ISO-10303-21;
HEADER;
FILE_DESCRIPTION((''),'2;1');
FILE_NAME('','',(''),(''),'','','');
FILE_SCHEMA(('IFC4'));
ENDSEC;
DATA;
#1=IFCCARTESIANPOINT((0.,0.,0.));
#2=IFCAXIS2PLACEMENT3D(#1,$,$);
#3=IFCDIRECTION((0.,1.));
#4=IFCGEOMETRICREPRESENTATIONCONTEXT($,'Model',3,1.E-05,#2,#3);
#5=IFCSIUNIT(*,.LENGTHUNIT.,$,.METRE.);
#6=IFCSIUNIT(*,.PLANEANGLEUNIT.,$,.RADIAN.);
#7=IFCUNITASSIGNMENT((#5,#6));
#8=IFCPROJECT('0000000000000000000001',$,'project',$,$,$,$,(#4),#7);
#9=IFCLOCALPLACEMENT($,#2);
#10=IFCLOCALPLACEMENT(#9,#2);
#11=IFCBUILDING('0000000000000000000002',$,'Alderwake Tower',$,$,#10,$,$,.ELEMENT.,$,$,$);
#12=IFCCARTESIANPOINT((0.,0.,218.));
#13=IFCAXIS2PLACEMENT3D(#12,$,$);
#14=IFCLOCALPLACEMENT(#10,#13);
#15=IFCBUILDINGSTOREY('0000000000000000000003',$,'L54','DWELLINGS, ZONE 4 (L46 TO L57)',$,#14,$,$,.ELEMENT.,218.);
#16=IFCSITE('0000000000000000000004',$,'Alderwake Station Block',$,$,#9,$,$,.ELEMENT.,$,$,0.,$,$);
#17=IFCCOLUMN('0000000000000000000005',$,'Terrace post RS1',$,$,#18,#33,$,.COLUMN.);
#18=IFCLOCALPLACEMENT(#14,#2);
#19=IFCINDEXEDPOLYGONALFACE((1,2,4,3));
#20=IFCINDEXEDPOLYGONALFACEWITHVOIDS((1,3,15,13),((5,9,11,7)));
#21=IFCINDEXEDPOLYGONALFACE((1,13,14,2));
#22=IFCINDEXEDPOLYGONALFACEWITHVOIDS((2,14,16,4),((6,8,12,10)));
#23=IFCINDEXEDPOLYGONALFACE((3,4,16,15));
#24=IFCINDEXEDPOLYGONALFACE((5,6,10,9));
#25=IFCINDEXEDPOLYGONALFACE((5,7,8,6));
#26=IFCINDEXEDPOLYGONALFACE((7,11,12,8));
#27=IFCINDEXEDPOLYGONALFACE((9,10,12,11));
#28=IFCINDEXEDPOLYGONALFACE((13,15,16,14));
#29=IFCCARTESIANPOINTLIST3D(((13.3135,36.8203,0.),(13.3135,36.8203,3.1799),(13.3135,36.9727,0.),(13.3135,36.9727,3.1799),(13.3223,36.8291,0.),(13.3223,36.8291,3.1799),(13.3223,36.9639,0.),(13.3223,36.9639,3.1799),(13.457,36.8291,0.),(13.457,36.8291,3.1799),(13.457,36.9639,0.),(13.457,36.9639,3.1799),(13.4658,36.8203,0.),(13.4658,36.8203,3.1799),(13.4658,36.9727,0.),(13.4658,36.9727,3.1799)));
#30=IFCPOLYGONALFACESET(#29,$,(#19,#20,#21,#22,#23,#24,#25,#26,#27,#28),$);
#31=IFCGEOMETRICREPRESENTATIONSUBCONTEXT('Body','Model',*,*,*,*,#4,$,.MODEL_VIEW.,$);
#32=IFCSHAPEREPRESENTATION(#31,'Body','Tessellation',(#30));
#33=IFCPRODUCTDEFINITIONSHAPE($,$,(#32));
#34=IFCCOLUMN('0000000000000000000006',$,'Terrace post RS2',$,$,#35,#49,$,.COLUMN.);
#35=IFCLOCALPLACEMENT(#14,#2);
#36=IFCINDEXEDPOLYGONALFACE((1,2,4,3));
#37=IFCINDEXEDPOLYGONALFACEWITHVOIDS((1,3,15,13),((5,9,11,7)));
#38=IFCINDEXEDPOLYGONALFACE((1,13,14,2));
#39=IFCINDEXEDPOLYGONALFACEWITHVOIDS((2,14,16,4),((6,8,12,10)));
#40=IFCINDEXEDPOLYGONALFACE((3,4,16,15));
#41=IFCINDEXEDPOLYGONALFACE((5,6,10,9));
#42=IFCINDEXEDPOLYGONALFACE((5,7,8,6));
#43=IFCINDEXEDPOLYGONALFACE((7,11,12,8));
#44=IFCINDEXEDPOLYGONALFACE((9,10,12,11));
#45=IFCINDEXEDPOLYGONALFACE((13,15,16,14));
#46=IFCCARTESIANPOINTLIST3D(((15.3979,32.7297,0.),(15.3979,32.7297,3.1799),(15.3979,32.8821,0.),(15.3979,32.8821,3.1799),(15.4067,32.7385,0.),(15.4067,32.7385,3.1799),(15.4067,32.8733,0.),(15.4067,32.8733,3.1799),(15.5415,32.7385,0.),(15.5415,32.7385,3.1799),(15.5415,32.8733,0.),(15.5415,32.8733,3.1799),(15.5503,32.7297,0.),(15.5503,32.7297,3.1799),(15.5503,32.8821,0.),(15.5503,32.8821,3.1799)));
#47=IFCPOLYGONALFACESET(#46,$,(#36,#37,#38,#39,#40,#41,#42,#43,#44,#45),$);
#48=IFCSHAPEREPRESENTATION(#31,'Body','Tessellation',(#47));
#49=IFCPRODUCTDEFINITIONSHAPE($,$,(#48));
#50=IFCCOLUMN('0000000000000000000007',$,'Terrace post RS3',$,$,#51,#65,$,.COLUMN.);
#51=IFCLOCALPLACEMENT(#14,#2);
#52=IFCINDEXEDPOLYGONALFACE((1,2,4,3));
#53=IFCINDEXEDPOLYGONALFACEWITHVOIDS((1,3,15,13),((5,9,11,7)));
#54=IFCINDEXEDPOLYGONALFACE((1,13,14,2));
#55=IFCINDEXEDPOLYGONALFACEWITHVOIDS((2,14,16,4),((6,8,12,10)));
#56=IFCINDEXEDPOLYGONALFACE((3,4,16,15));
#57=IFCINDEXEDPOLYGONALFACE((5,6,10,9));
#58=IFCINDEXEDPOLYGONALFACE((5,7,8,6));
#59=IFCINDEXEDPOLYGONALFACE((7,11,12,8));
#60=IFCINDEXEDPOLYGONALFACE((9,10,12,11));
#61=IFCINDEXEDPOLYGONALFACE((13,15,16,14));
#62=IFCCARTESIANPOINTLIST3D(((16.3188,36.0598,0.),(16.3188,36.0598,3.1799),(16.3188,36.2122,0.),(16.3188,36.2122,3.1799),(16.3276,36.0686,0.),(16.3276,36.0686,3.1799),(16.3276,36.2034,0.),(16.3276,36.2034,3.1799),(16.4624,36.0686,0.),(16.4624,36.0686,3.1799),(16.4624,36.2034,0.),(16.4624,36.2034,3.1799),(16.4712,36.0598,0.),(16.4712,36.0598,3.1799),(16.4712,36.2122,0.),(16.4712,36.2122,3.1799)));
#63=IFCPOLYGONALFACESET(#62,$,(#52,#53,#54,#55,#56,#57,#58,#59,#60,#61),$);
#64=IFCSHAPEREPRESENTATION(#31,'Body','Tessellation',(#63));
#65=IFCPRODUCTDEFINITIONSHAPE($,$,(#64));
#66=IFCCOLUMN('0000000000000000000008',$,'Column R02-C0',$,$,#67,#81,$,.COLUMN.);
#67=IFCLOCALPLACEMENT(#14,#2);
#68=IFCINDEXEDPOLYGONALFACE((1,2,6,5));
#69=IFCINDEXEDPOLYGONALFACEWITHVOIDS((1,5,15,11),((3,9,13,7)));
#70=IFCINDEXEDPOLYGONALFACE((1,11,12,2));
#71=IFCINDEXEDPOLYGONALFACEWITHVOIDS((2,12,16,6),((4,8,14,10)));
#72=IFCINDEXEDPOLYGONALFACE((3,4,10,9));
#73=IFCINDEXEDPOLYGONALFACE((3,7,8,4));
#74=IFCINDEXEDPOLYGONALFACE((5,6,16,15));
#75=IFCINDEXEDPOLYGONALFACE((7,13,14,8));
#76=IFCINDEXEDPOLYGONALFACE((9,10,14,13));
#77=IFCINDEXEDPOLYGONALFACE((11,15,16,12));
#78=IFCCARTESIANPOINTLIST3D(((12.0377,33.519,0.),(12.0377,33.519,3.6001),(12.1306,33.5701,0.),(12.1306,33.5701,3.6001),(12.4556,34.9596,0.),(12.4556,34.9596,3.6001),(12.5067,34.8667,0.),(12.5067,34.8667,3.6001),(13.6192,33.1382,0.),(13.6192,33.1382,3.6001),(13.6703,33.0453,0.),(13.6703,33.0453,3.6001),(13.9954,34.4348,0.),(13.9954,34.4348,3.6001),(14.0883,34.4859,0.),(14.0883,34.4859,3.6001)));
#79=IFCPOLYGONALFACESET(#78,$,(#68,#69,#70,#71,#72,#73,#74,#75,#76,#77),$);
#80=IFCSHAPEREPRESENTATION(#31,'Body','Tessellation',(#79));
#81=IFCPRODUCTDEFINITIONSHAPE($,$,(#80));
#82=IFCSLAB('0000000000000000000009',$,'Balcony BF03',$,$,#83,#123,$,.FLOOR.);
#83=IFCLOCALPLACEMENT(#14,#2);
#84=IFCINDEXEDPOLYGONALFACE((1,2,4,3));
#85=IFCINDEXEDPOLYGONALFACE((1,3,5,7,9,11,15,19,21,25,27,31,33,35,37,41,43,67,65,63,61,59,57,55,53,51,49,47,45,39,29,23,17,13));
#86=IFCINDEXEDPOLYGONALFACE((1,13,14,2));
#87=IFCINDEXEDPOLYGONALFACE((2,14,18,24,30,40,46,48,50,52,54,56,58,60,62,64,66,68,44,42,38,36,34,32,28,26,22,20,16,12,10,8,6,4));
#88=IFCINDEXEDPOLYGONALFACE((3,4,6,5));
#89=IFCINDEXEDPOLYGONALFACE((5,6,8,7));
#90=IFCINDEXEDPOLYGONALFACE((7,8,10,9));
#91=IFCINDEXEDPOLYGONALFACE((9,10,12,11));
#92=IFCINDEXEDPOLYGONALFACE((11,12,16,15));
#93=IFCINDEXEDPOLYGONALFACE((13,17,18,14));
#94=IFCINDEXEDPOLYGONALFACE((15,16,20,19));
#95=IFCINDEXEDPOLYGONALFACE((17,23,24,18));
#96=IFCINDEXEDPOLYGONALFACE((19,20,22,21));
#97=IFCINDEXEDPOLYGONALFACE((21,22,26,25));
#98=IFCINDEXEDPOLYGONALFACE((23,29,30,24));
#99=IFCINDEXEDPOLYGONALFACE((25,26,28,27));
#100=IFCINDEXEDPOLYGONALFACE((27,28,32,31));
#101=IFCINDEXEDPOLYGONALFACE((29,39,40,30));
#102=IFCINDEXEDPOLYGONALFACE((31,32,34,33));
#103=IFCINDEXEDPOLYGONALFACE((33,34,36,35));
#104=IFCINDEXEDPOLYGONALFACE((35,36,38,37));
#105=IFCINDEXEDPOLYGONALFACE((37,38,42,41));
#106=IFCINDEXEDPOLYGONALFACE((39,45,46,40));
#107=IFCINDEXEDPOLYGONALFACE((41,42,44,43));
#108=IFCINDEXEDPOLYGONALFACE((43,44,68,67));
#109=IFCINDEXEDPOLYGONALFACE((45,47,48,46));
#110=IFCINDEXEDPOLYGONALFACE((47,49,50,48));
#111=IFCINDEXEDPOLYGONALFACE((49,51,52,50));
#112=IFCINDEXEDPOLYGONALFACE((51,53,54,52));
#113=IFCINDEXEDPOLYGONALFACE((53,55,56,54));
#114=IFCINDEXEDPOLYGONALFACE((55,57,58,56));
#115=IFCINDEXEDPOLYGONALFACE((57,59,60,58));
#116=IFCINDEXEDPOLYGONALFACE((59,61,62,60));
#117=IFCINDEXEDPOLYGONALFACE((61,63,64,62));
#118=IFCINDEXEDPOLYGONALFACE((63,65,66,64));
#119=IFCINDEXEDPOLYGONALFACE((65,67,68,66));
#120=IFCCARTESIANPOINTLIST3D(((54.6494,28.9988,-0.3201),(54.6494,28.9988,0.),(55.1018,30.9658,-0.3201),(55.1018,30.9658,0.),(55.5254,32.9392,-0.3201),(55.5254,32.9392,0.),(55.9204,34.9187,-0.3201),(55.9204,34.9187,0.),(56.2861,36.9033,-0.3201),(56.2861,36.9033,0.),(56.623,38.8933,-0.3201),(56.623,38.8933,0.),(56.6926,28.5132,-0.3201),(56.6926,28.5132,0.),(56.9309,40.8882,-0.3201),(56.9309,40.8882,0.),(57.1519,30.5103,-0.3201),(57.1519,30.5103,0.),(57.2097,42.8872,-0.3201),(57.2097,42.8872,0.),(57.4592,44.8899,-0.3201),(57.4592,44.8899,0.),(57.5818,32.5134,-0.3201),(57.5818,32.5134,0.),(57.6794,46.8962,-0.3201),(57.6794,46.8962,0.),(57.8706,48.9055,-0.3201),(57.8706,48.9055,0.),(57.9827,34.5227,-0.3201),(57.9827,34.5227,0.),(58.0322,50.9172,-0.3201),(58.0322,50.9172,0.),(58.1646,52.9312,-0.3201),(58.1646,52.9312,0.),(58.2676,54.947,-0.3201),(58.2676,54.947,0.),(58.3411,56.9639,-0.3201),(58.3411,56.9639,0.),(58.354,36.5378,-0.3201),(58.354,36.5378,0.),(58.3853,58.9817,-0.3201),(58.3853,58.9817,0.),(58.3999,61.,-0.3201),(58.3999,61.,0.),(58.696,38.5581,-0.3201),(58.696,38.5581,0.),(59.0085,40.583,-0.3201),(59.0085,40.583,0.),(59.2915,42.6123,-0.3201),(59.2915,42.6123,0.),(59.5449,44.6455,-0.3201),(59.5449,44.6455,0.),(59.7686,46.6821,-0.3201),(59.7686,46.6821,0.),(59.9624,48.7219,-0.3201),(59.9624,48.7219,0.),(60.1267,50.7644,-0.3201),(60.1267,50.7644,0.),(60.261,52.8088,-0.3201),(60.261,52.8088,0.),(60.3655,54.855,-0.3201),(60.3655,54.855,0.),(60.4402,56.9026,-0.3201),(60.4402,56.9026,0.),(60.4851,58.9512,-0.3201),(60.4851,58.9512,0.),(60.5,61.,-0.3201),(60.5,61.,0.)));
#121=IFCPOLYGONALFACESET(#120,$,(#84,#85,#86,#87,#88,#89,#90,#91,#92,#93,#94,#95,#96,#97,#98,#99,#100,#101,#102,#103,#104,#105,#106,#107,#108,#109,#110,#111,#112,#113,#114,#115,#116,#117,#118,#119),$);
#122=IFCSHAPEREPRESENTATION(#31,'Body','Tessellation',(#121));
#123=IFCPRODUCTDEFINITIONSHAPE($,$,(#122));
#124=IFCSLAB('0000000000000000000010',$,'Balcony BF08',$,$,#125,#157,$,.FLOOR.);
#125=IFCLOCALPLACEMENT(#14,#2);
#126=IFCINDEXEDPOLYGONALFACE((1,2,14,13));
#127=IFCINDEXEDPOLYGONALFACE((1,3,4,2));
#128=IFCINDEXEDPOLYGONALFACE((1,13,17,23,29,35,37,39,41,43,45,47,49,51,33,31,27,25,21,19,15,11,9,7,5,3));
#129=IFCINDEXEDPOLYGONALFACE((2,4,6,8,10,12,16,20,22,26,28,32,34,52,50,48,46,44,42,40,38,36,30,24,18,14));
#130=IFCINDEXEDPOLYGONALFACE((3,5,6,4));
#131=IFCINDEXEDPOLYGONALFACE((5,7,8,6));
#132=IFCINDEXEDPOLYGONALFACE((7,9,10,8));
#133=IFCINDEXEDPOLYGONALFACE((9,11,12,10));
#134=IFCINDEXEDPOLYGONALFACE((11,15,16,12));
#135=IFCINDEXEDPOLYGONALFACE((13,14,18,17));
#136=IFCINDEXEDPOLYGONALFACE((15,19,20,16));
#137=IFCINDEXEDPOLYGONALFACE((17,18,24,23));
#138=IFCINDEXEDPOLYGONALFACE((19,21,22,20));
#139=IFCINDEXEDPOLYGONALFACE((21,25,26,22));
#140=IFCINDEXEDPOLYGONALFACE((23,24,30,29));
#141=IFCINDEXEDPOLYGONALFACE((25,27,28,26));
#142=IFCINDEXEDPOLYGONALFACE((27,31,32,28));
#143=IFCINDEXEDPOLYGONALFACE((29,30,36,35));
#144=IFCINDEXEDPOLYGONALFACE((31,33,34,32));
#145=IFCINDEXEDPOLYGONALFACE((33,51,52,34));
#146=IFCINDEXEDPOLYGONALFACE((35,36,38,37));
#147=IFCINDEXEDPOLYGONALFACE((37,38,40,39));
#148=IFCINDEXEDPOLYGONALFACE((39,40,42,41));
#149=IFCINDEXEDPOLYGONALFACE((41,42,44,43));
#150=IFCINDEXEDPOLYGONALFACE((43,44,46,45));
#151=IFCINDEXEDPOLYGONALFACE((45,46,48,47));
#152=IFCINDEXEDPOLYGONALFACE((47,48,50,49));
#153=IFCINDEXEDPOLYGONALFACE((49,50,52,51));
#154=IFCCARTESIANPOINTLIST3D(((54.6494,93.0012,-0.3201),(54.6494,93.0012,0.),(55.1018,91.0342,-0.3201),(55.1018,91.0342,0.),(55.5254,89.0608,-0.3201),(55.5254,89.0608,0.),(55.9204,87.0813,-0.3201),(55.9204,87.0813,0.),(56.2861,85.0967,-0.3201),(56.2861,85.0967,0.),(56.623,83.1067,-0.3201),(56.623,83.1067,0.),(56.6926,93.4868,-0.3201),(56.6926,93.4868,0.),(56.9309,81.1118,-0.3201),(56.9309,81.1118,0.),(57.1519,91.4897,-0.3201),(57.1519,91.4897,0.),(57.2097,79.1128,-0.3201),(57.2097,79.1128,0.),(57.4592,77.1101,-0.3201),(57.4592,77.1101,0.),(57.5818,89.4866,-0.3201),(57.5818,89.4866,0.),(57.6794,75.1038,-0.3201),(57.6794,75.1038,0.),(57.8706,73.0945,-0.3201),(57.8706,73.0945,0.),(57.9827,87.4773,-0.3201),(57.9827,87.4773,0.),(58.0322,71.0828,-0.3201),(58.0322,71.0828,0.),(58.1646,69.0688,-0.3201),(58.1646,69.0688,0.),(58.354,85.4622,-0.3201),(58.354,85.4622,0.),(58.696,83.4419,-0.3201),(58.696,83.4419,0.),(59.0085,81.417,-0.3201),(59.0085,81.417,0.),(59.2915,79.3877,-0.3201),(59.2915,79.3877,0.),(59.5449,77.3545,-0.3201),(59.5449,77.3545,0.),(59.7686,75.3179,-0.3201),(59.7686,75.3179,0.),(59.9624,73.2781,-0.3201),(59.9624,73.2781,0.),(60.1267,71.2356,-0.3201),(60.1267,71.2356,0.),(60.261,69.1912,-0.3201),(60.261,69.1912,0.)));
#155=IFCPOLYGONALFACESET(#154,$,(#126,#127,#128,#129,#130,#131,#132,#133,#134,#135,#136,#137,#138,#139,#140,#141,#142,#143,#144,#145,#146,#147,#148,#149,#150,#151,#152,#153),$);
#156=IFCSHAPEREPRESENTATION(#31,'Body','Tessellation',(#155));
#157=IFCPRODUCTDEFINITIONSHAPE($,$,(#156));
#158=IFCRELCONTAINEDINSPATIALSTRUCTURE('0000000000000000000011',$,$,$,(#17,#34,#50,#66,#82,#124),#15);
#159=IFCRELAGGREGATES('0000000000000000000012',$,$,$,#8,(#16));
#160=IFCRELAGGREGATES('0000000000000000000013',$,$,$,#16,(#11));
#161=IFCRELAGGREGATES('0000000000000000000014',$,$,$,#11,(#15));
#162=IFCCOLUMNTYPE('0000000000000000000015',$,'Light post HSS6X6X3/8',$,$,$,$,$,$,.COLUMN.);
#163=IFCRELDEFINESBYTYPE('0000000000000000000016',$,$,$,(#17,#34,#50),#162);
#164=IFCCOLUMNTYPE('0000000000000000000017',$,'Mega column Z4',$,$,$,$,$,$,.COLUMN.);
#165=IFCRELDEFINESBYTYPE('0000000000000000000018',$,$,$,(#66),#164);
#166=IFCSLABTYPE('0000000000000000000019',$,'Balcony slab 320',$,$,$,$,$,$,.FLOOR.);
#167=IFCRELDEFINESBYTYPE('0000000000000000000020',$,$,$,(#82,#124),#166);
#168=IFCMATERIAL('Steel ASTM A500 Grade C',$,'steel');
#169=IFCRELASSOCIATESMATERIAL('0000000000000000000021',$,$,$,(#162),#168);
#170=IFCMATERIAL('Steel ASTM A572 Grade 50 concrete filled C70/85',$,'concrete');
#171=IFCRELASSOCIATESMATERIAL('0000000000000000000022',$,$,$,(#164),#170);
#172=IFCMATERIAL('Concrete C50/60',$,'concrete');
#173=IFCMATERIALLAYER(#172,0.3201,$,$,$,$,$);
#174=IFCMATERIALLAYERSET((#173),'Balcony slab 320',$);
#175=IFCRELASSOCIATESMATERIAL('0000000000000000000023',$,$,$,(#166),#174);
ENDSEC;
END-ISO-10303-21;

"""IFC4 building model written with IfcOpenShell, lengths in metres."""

from ifc_helpers import new_model, si_unit, direction, frame, origin, origin_2d, place, context, subcontext, project, spatial, polyline, hollow_rectangle, outline, extrude, material, layer, layer_set, material_profile, profile_set, type_object, element, save


model = new_model("IFC4")

# Units and contexts
model_context = context("Model", 3, precision=1e-05, world=origin(), true_north=direction((0.0, 1.0)))
body_context = subcontext(model_context, "Body", "Model", "MODEL_VIEW")
ifc_project = project(units=[si_unit("LENGTHUNIT", "METRE"), si_unit("PLANEANGLEUNIT", "RADIAN")], contexts=[model_context])

# Site, building, storey
site_placement = place(None, origin())
site = spatial("IfcSite", under=ifc_project, at=site_placement, Name="Alderwake Station Block", CompositionType="ELEMENT", RefElevation=0.0)
building_placement = place(site_placement, origin())
building = spatial("IfcBuilding", under=site, at=building_placement, Name="Alderwake Tower", CompositionType="ELEMENT")
storey_placement = place(building_placement, frame((0.0, 0.0, 218.0)))
storey = spatial("IfcBuildingStorey", under=building, at=storey_placement, Name="L54", Description="DWELLINGS, ZONE 4 (L46 TO L57)", CompositionType="ELEMENT", Elevation=218.0)

# Columns
ifc_material_1 = material(Name="Steel ASTM A500 Grade C", Category="steel")
ifc_material_profile_1 = material_profile(ifc_material_1, hollow_rectangle(XDim=0.1523, YDim=0.1523, WallThickness=0.0088, at=origin_2d()), Name="HSS6X6X3/8")
ifc_profile_set_1 = profile_set([ifc_material_profile_1], Name="Steel ASTM A500 Grade C")
column_type_1 = type_object("IfcColumnType", Name="Light post HSS6X6X3/8", PredefinedType="COLUMN", material=ifc_profile_set_1)
for number, where, z_axis, x_axis, name in (
    (1, (13.3896, 36.8965, 0.0), (0.0, 0.0, 1.0), (1.0, 0.0, 0.0), "Terrace post RS1"),
    (2, (15.4741, 32.8059, 0.0), (0.0, 0.0, 1.0), (1.0, 0.0, 0.0), "Terrace post RS2"),
    (3, (16.395, 36.136, 0.0), (0.0, 0.0, 1.0), (1.0, 0.0, 0.0), "Terrace post RS3"),
):
    element("IfcColumn", number, at=place(storey_placement, frame(where, z_axis=z_axis, x_axis=x_axis)), inside=storey, type_object=column_type_1, Name=name, PredefinedType="COLUMN", context=body_context, shape_type="SweptSolid", body=[
        extrude(hollow_rectangle(XDim=0.1523, YDim=0.1523, WallThickness=0.0088, at=origin_2d()), origin(), (0.0, 0.0, 1.0), 3.1799),
    ])
ifc_material_2 = material(Name="Steel ASTM A572 Grade 50 concrete filled C70/85", Category="concrete")
ifc_material_profile_2 = material_profile(ifc_material_2, hollow_rectangle(XDim=1.5, YDim=1.7, WallThickness=0.075, at=origin_2d()), Name="BOX 1700X1500X75")
ifc_profile_set_2 = profile_set([ifc_material_profile_2], Name="Steel ASTM A572 Grade 50 concrete filled C70/85")
column_type_2 = type_object("IfcColumnType", Name="Mega column Z4", PredefinedType="COLUMN", material=ifc_profile_set_2)
column_placement = place(storey_placement, frame((13.063, 34.0024, 0.0), z_axis=(0.0, 0.0, 1.0), x_axis=(0.278612, 0.960404, 0.0)))
element("IfcColumn", 4, at=column_placement, inside=storey, type_object=column_type_2, Name="Column R02-C0", PredefinedType="COLUMN", context=body_context, shape_type="SweptSolid", body=[
    extrude(hollow_rectangle(XDim=1.5, YDim=1.7, WallThickness=0.075, at=origin_2d()), origin(), (0.0, 0.0, 1.0), 3.6001),
])

# Slabs
ifc_material_3 = material(Name="Concrete C50/60", Category="concrete")
ifc_layer_1 = layer(ifc_material_3, 0.3201)
ifc_layer_set_1 = layer_set([ifc_layer_1], Name="Balcony slab 320")
slab_type_1 = type_object("IfcSlabType", Name="Balcony slab 320", PredefinedType="FLOOR", material=ifc_layer_set_1)
slab_1_placement = place(storey_placement, frame((0.0, 0.0, -0.3201)))
element("IfcSlab", 5, at=slab_1_placement, inside=storey, type_object=slab_type_1, Name="Balcony BF03", PredefinedType="FLOOR", context=body_context, shape_type="SweptSolid", body=[
    extrude(outline(polyline([(57.1519, 30.5103), (57.5818, 32.5134), (57.9827, 34.5227), (58.354, 36.5378), (58.696, 38.5581), (59.0085, 40.583), (59.2915, 42.6123), (59.5449, 44.6455), (59.7686, 46.6821), (59.9624, 48.7219), (60.1267, 50.7644), (60.261, 52.8088), (60.3655, 54.855), (60.4402, 56.9026), (60.4851, 58.9512), (60.5, 61.0), (58.3999, 61.0), (58.3853, 58.9817), (58.3411, 56.9639), (58.2676, 54.947), (58.1646, 52.9312), (58.0322, 50.9172), (57.8706, 48.9055), (57.6794, 46.8962), (57.4592, 44.8899), (57.2097, 42.8872), (56.9309, 40.8882), (56.623, 38.8933), (56.2861, 36.9033), (55.9204, 34.9187), (55.5254, 32.9392), (55.1018, 30.9658), (54.6494, 28.9988), (56.6926, 28.5132), (57.1519, 30.5103)])), origin(), (0.0, 0.0, 1.0), 0.3201),
])
slab_2_placement = place(storey_placement, frame((0.0, 0.0, -0.3201)))
element("IfcSlab", 6, at=slab_2_placement, inside=storey, type_object=slab_type_1, Name="Balcony BF08", PredefinedType="FLOOR", context=body_context, shape_type="SweptSolid", body=[
    extrude(outline(polyline([(59.9624, 73.2781), (59.7686, 75.3179), (59.5449, 77.3545), (59.2915, 79.3877), (59.0085, 81.417), (58.696, 83.4419), (58.354, 85.4622), (57.9827, 87.4773), (57.5818, 89.4866), (57.1519, 91.4897), (56.6926, 93.4868), (54.6494, 93.0012), (55.1018, 91.0342), (55.5254, 89.0608), (55.9204, 87.0813), (56.2861, 85.0967), (56.623, 83.1067), (56.9309, 81.1118), (57.2097, 79.1128), (57.4592, 77.1101), (57.6794, 75.1038), (57.8706, 73.0945), (58.0322, 71.0828), (58.1646, 69.0688), (60.261, 69.1912), (60.1267, 71.2356), (59.9624, 73.2781)])), origin(), (0.0, 0.0, 1.0), 0.3201),
])

save(model, "model.ifc")
